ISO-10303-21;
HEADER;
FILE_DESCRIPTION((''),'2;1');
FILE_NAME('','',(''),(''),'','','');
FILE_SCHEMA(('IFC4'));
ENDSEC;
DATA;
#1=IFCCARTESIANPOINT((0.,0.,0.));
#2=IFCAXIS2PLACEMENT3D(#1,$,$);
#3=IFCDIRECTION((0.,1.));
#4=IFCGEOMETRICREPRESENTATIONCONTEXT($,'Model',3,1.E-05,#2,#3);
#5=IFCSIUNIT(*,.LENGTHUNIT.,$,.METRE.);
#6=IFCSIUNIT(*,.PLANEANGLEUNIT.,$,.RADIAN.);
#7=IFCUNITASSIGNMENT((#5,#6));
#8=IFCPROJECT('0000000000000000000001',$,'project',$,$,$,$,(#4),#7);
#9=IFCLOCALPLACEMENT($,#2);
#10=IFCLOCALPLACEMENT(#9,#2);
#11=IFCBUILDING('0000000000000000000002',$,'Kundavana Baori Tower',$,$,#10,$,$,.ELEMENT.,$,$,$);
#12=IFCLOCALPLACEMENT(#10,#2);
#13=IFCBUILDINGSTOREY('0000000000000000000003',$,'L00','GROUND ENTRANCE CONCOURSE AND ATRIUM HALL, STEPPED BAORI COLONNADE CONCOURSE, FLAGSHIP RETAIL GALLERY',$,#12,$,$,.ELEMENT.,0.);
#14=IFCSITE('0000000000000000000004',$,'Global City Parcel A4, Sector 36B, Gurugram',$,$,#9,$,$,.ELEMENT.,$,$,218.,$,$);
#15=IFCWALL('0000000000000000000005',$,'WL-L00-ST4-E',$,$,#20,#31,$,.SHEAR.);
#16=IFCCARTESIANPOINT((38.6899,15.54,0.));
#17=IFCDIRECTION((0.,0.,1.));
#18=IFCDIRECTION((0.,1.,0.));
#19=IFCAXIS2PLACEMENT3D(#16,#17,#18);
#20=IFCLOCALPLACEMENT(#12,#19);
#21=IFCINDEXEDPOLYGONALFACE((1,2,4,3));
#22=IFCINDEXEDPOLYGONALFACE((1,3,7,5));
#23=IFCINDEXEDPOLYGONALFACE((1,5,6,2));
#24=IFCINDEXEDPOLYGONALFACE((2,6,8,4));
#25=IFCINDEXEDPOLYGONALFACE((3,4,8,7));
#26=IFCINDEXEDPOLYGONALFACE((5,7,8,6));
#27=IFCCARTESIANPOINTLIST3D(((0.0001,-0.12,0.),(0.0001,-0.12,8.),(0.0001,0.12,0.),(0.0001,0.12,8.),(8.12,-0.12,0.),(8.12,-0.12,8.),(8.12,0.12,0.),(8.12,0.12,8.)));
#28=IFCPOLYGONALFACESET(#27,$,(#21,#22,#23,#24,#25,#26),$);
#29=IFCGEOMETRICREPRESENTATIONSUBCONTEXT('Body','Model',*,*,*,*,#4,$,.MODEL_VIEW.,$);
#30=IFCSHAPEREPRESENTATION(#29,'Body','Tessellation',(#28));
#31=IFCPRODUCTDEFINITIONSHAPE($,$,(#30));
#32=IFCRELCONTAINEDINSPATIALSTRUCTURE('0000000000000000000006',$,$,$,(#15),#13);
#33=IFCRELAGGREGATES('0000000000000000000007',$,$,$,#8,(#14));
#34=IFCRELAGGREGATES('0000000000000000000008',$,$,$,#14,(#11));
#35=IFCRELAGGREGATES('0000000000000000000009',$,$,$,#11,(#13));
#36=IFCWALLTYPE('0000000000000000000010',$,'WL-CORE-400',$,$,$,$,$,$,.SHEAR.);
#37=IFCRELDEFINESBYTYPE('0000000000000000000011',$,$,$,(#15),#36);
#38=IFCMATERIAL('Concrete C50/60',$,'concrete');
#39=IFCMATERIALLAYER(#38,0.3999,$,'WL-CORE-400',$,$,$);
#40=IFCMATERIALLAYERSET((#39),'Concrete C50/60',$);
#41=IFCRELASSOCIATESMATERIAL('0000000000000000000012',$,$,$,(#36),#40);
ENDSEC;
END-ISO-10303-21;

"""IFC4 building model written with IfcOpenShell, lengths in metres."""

from ifc_helpers import new_model, si_unit, direction, frame, frame_2d, origin, place, context, subcontext, project, spatial, rectangle, extrude, material, layer, layer_set, type_object, element, save


model = new_model("IFC4")

# Units and contexts
model_context = context("Model", 3, precision=1e-05, world=origin(), true_north=direction((0.0, 1.0)))
body_context = subcontext(model_context, "Body", "Model", "MODEL_VIEW")
ifc_project = project(units=[si_unit("LENGTHUNIT", "METRE"), si_unit("PLANEANGLEUNIT", "RADIAN")], contexts=[model_context])

# Site, building, storey
site_placement = place(None, origin())
site = spatial("IfcSite", under=ifc_project, at=site_placement, Name="Global City Parcel A4, Sector 36B, Gurugram", CompositionType="ELEMENT", RefElevation=218.0)
building_placement = place(site_placement, origin())
building = spatial("IfcBuilding", under=site, at=building_placement, Name="Kundavana Baori Tower", CompositionType="ELEMENT")
storey_placement = place(building_placement, origin())
storey = spatial("IfcBuildingStorey", under=building, at=storey_placement, Name="L00", Description="GROUND ENTRANCE CONCOURSE AND ATRIUM HALL, STEPPED BAORI COLONNADE CONCOURSE, FLAGSHIP RETAIL GALLERY", CompositionType="ELEMENT", Elevation=0.0)

# Wall
ifc_material_1 = material(Name="Concrete C50/60", Category="concrete")
ifc_layer_1 = layer(ifc_material_1, 0.3999, Name="WL-CORE-400")
ifc_layer_set_1 = layer_set([ifc_layer_1], Name="Concrete C50/60")
wall_type_1 = type_object("IfcWallType", Name="WL-CORE-400", PredefinedType="SHEAR", material=ifc_layer_set_1)
wall_1_placement = place(storey_placement, frame((38.6899, 15.54, 0.0), z_axis=(0.0, 0.0, 1.0), x_axis=(0.0, 1.0, 0.0)))
element("IfcWall", 1, at=wall_1_placement, inside=storey, type_object=wall_type_1, Name="WL-L00-ST4-E", PredefinedType="SHEAR", context=body_context, shape_type="SweptSolid", body=[
    extrude(rectangle(XDim=8.1199, YDim=0.24, at=frame_2d((4.0601, 0.0))), origin(), (0.0, 0.0, 1.0), 8.0),
])

save(model, "model.ifc")
